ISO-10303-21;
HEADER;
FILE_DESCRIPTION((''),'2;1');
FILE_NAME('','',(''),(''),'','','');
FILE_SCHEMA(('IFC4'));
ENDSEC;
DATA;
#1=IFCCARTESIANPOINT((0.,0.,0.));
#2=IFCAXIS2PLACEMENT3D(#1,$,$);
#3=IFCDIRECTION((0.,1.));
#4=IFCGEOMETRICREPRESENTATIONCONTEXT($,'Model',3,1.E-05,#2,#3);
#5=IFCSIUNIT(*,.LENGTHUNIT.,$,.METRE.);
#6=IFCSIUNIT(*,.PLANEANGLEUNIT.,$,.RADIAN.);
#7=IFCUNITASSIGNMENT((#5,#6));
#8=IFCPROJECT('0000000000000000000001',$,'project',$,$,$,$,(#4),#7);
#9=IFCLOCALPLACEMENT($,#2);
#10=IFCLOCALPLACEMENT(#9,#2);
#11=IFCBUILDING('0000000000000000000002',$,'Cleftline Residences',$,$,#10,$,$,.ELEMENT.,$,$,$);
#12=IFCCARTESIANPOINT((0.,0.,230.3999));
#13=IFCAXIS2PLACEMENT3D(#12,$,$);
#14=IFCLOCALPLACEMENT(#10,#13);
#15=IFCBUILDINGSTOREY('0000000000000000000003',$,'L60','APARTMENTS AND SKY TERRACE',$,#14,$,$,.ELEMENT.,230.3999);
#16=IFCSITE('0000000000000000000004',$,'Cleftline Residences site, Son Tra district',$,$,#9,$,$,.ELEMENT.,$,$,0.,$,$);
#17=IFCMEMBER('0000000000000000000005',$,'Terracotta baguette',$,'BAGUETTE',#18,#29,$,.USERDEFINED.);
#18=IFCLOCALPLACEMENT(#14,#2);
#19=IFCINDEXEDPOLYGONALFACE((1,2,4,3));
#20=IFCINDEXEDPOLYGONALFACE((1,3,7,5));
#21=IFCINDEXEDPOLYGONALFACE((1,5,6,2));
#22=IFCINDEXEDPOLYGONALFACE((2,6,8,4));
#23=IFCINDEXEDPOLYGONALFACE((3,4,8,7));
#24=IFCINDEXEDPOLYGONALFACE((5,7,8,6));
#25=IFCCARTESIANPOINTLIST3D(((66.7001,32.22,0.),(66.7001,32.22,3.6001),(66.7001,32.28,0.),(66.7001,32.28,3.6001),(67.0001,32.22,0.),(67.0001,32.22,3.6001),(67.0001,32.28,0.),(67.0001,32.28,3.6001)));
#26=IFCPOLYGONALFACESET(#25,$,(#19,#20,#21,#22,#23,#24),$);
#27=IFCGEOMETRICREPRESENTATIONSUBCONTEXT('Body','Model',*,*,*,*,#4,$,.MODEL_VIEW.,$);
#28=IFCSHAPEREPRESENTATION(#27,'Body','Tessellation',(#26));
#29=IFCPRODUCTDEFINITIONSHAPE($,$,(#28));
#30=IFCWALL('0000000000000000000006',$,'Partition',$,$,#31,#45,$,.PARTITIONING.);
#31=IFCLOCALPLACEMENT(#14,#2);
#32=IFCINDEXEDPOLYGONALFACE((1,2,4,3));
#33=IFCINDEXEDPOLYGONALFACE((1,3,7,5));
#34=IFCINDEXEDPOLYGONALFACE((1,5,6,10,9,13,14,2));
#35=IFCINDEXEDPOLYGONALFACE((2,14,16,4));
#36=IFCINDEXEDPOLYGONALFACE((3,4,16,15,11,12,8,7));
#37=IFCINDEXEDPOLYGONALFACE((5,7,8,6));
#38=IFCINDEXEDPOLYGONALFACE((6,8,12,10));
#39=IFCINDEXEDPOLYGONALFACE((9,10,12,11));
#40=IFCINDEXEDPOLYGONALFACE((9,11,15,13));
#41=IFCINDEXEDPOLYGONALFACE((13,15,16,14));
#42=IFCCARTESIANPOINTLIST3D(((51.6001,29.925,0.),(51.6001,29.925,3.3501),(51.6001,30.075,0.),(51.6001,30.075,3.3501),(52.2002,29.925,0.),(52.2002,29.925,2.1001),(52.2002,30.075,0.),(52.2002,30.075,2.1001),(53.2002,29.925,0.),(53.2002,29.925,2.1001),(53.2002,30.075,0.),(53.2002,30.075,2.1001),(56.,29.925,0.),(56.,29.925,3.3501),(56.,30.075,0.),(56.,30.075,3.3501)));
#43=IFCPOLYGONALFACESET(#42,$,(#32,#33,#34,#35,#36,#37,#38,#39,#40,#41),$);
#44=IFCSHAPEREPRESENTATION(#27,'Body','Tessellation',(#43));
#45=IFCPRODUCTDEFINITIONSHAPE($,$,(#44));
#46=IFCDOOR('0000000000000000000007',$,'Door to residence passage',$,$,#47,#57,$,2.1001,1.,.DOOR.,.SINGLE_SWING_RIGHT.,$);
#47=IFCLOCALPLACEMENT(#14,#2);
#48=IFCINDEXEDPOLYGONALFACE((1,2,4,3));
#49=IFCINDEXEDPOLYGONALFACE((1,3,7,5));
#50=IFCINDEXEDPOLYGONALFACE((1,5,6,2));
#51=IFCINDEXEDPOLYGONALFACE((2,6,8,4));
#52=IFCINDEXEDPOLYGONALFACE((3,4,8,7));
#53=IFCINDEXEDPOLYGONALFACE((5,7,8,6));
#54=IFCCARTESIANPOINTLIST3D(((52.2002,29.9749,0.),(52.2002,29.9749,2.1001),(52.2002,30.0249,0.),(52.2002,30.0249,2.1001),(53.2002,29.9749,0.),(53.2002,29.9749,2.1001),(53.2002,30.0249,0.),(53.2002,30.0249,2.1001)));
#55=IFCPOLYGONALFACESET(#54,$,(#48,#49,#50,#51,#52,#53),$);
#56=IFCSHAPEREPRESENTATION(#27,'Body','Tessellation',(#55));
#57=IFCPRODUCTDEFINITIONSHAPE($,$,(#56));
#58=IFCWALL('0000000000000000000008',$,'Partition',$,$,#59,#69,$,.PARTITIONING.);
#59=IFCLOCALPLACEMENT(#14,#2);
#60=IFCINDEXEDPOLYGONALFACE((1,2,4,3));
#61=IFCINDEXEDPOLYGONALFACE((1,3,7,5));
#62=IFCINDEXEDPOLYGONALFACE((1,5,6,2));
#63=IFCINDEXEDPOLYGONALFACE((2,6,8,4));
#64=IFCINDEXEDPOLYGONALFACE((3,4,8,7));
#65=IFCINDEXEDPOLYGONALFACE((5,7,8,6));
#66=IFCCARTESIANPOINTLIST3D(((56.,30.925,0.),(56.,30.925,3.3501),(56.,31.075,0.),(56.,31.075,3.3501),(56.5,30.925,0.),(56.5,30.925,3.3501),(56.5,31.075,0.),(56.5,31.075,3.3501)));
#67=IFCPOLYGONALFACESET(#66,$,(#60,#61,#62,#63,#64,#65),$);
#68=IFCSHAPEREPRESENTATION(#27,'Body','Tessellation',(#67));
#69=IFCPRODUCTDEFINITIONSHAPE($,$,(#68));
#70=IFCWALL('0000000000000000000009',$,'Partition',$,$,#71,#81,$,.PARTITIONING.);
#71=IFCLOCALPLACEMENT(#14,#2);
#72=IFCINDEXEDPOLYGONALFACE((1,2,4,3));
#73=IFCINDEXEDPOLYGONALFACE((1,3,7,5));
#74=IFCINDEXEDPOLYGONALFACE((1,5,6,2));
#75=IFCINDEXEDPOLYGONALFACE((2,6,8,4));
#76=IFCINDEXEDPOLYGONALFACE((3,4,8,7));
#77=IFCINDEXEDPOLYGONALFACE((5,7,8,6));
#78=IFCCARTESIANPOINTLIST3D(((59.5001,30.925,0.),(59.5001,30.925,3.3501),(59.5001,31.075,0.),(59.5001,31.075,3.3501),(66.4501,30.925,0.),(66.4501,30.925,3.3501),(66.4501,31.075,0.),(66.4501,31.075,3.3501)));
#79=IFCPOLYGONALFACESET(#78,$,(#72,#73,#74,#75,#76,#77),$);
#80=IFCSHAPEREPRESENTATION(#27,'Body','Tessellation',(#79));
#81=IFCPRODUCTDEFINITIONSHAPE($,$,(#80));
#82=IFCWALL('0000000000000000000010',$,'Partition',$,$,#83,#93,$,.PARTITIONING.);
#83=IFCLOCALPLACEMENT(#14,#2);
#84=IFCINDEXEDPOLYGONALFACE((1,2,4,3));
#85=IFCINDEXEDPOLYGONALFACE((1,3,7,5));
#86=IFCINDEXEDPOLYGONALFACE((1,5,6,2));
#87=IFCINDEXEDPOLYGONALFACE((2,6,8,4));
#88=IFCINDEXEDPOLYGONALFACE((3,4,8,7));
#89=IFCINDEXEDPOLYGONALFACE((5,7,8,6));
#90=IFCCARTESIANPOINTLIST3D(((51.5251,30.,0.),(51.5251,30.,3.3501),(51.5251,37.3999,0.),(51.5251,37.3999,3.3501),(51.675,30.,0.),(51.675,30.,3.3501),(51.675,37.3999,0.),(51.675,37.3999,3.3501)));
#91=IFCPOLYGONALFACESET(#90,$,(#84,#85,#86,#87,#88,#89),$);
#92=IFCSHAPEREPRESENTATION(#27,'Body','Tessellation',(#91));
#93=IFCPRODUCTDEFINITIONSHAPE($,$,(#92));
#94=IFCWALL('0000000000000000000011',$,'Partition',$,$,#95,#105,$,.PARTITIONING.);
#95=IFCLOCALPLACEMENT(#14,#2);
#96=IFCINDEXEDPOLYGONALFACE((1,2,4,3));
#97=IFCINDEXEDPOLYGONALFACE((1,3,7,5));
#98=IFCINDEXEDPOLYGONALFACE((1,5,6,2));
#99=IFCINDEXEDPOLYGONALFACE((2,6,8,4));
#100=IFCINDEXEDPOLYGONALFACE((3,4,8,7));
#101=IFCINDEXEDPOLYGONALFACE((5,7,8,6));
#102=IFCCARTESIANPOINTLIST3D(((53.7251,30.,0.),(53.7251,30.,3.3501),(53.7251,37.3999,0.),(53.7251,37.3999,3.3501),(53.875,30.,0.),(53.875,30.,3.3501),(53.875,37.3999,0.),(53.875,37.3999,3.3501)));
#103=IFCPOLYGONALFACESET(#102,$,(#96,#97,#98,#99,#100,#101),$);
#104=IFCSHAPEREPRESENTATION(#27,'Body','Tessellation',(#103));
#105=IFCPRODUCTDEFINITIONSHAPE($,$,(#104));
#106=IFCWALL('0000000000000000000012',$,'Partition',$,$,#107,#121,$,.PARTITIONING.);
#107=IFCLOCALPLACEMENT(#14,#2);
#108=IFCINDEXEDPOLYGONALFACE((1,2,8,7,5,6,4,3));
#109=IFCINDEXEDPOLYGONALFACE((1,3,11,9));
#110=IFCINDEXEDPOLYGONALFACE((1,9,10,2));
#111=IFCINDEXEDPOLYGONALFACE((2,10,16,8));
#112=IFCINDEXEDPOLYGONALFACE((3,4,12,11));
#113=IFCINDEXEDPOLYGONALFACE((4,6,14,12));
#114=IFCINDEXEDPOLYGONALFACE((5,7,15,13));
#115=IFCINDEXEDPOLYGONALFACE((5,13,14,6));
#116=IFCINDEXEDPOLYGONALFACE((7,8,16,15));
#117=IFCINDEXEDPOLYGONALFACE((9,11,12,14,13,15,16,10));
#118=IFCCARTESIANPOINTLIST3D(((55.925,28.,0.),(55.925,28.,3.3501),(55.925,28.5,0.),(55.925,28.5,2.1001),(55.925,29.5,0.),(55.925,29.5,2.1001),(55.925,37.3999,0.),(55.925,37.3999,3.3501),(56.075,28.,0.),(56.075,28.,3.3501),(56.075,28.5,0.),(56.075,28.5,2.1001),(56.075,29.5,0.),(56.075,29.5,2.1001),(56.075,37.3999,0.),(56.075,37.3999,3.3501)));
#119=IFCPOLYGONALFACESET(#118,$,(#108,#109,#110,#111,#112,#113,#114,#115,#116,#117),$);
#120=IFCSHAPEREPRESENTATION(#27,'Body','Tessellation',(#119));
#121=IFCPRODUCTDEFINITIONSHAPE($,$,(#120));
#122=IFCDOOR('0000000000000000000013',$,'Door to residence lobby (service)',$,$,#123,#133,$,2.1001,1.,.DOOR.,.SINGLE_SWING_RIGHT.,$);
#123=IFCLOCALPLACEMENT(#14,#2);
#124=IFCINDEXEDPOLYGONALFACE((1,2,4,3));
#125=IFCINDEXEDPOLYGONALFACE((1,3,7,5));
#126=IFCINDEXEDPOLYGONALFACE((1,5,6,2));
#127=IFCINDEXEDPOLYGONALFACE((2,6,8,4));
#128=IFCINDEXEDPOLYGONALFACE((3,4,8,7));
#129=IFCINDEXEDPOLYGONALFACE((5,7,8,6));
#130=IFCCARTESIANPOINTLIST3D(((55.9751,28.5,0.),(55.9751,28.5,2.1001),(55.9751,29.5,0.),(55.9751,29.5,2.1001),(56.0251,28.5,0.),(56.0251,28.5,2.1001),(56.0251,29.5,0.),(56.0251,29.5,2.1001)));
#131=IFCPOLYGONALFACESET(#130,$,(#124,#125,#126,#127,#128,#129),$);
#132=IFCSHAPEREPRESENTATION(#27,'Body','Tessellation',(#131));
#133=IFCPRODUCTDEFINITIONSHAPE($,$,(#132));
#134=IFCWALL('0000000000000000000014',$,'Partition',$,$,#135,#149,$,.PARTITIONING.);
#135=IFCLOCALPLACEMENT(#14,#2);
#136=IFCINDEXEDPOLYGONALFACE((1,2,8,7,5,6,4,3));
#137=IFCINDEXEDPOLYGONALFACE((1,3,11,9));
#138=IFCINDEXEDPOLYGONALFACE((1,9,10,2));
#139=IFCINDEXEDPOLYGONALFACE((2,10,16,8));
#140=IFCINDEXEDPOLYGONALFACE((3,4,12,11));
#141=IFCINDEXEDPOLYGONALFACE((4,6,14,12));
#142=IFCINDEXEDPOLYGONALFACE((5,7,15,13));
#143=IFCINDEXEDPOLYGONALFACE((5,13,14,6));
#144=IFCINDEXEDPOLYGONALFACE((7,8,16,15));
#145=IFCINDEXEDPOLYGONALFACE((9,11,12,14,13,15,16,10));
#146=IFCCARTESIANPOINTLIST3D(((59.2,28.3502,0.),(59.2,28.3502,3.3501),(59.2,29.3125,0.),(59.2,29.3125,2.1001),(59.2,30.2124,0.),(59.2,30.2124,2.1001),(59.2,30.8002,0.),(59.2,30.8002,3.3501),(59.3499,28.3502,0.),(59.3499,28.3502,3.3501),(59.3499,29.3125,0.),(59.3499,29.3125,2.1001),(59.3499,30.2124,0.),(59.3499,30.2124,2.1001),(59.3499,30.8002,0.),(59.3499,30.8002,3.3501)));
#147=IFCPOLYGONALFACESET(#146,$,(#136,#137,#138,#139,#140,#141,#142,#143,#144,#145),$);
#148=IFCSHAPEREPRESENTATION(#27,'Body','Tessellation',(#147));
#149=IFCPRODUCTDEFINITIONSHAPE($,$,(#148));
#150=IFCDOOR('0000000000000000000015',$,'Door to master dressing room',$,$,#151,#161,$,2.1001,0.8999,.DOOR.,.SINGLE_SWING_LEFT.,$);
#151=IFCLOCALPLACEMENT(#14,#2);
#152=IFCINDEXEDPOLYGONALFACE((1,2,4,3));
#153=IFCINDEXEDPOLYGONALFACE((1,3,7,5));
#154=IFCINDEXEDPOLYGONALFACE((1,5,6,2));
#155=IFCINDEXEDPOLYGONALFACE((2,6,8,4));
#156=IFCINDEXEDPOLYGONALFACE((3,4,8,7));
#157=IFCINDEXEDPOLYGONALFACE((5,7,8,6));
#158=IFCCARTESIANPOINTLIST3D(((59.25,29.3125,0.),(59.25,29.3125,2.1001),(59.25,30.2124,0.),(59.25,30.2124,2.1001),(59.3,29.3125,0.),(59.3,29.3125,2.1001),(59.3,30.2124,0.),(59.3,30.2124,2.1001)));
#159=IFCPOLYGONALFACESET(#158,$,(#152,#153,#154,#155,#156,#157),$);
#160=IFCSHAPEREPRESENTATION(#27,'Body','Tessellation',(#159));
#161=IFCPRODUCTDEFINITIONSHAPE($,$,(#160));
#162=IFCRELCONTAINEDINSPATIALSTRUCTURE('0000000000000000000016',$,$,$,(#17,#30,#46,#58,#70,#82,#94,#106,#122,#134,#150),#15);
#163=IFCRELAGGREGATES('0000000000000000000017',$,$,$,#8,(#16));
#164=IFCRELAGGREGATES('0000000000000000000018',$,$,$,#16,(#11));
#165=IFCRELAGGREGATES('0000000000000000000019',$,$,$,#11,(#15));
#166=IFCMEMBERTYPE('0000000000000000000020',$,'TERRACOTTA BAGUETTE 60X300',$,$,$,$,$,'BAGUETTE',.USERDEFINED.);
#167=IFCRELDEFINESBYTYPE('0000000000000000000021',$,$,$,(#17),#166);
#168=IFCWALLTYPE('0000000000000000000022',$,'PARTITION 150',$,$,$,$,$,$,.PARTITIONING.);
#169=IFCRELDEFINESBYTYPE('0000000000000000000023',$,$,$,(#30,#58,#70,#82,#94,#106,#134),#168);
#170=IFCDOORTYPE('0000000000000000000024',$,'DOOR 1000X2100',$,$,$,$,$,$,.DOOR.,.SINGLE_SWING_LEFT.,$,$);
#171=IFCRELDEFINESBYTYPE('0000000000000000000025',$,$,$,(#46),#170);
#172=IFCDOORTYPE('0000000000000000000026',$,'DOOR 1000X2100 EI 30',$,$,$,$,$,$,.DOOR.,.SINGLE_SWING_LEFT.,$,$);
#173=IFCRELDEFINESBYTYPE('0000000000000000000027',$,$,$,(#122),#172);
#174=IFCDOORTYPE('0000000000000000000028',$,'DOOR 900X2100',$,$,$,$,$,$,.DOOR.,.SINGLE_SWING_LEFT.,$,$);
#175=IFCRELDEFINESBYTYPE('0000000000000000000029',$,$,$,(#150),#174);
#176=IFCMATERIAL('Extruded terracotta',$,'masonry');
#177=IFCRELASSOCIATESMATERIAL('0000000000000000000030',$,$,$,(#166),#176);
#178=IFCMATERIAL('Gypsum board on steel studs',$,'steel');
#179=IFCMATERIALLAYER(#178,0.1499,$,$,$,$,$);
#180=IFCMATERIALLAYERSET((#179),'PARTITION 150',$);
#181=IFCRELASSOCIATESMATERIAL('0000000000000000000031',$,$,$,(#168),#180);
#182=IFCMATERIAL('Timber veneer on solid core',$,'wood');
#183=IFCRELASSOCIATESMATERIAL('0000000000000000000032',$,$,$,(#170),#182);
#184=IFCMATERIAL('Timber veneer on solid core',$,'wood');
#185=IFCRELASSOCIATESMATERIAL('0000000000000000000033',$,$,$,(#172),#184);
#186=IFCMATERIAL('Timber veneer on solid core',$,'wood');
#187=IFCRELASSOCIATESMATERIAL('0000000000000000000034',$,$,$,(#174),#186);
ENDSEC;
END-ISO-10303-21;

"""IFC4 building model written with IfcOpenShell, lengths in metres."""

from ifc_helpers import new_model, si_unit, direction, frame, frame_2d, origin, origin_2d, place, context, subcontext, project, spatial, rectangle, extrude, material, layer, layer_set, material_profile, profile_set, type_object, element, fill, save


model = new_model("IFC4")

# Units and contexts
model_context = context("Model", 3, precision=1e-05, world=origin(), true_north=direction((0.0, 1.0)))
body_context = subcontext(model_context, "Body", "Model", "MODEL_VIEW")
ifc_project = project(units=[si_unit("LENGTHUNIT", "METRE"), si_unit("PLANEANGLEUNIT", "RADIAN")], contexts=[model_context])

# Site, building, storey
site_placement = place(None, origin())
site = spatial("IfcSite", under=ifc_project, at=site_placement, Name="Cleftline Residences site, Son Tra district", CompositionType="ELEMENT", RefElevation=0.0)
building_placement = place(site_placement, origin())
building = spatial("IfcBuilding", under=site, at=building_placement, Name="Cleftline Residences", CompositionType="ELEMENT")
storey_placement = place(building_placement, frame((0.0, 0.0, 230.3999)))
storey = spatial("IfcBuildingStorey", under=building, at=storey_placement, Name="L60", Description="APARTMENTS AND SKY TERRACE", CompositionType="ELEMENT", Elevation=230.3999)

# Member
ifc_material_1 = material(Name="Extruded terracotta", Category="masonry")
ifc_material_profile_1 = material_profile(ifc_material_1, rectangle(XDim=0.0601, YDim=0.3, at=origin_2d()))
ifc_profile_set_1 = profile_set([ifc_material_profile_1], Name="Extruded terracotta")
member_type_1 = type_object("IfcMemberType", Name="TERRACOTTA BAGUETTE 60X300", ElementType="BAGUETTE", PredefinedType="USERDEFINED", material=ifc_profile_set_1)
for number, where, z_axis, x_axis, name in (
    (1, (66.8501, 32.25, 0.0), (0.0, 0.0, 1.0), (0.0, 1.0, 0.0), "Terracotta baguette"),
):
    element("IfcMember", number, at=place(storey_placement, frame(where, z_axis=z_axis, x_axis=x_axis)), inside=storey, type_object=member_type_1, Name=name, ObjectType="BAGUETTE", PredefinedType="USERDEFINED", context=body_context, shape_type="SweptSolid", body=[
        extrude(rectangle(XDim=0.0601, YDim=0.3, at=origin_2d()), origin(), (0.0, 0.0, 1.0), 3.6001),
    ])

# Wall, opening, door
ifc_material_2 = material(Name="Gypsum board on steel studs", Category="steel")
ifc_layer_1 = layer(ifc_material_2, 0.1499)
ifc_layer_set_1 = layer_set([ifc_layer_1], Name="PARTITION 150")
wall_type_1 = type_object("IfcWallType", Name="PARTITION 150", PredefinedType="PARTITIONING", material=ifc_layer_set_1)
wall_1_placement = place(storey_placement, frame((51.6001, 30.0, 0.0), z_axis=(0.0, 0.0, 1.0), x_axis=(1.0, 0.0, 0.0)))
wall_1 = element("IfcWall", 2, at=wall_1_placement, inside=storey, type_object=wall_type_1, Name="Partition", PredefinedType="PARTITIONING", context=body_context, shape_type="SweptSolid", body=[
    extrude(rectangle(XDim=4.3999, YDim=0.1499, at=frame_2d((2.2, 0.0))), origin(), (0.0, 0.0, 1.0), 3.3501),
])
opening_1_placement = place(wall_1_placement, frame((0.6001, 0.0, 0.0)))
opening_1 = element("IfcOpeningElement", 3, at=opening_1_placement, cuts=wall_1, PredefinedType="OPENING", context=body_context, shape_type="SweptSolid", body=[
    extrude(rectangle(XDim=1.0, YDim=2.1001, at=frame_2d((0.5, 1.05))), frame((0.0, 0.085, 0.0), z_axis=(0.0, -1.0, 0.0), x_axis=(1.0, 0.0, 0.0)), (0.0, 0.0, 1.0), 0.1699),
])
ifc_material_3 = material(Name="Timber veneer on solid core", Category="wood")
door_type_1 = type_object("IfcDoorType", Name="DOOR 1000X2100", OperationType="SINGLE_SWING_LEFT", PredefinedType="DOOR", material=ifc_material_3)
door_1_placement = place(opening_1_placement, origin())
door_1 = element("IfcDoor", 4, at=door_1_placement, inside=storey, type_object=door_type_1, Name="Door to residence passage", OperationType="SINGLE_SWING_RIGHT", OverallHeight=2.1001, OverallWidth=1.0, PredefinedType="DOOR", context=body_context, shape_type="SweptSolid", body=[
    extrude(rectangle(XDim=1.0, YDim=2.1001, at=frame_2d((0.5, 1.05))), frame((0.0, 0.0249, 0.0), z_axis=(0.0, -1.0, 0.0), x_axis=(1.0, 0.0, 0.0)), (0.0, 0.0, 1.0), 0.05),
])
fill(opening_1, door_1)

# Walls
wall_2_placement = place(storey_placement, frame((56.0, 31.0, 0.0), z_axis=(0.0, 0.0, 1.0), x_axis=(1.0, 0.0, 0.0)))
element("IfcWall", 5, at=wall_2_placement, inside=storey, type_object=wall_type_1, Name="Partition", PredefinedType="PARTITIONING", context=body_context, shape_type="SweptSolid", body=[
    extrude(rectangle(XDim=0.5, YDim=0.1499, at=frame_2d((0.25, 0.0))), origin(), (0.0, 0.0, 1.0), 3.3501),
])
wall_3_placement = place(storey_placement, frame((59.5, 31.0, 0.0), z_axis=(0.0, 0.0, 1.0), x_axis=(1.0, 0.0, 0.0)))
element("IfcWall", 6, at=wall_3_placement, inside=storey, type_object=wall_type_1, Name="Partition", PredefinedType="PARTITIONING", context=body_context, shape_type="SweptSolid", body=[
    extrude(rectangle(XDim=6.95, YDim=0.1499, at=frame_2d((3.4751, 0.0))), origin(), (0.0, 0.0, 1.0), 3.3501),
])
for number, where, z_axis, x_axis, name in (
    (7, (51.6001, 30.0, 0.0), (0.0, 0.0, 1.0), (0.0, 1.0, 0.0), "Partition"),
    (8, (53.8, 30.0, 0.0), (0.0, 0.0, 1.0), (0.0, 1.0, 0.0), "Partition"),
):
    element("IfcWall", number, at=place(storey_placement, frame(where, z_axis=z_axis, x_axis=x_axis)), inside=storey, type_object=wall_type_1, Name=name, PredefinedType="PARTITIONING", context=body_context, shape_type="SweptSolid", body=[
        extrude(rectangle(XDim=7.3999, YDim=0.1499, at=frame_2d((3.7, 0.0))), origin(), (0.0, 0.0, 1.0), 3.3501),
    ])

# Walls, openings, doors
wall_4_placement = place(storey_placement, frame((56.0, 28.0, 0.0), z_axis=(0.0, 0.0, 1.0), x_axis=(0.0, 1.0, 0.0)))
wall_4 = element("IfcWall", 9, at=wall_4_placement, inside=storey, type_object=wall_type_1, Name="Partition", PredefinedType="PARTITIONING", context=body_context, shape_type="SweptSolid", body=[
    extrude(rectangle(XDim=9.3999, YDim=0.1499, at=frame_2d((4.7, 0.0))), origin(), (0.0, 0.0, 1.0), 3.3501),
])
opening_2_placement = place(wall_4_placement, frame((0.5, 0.0, 0.0)))
opening_2 = element("IfcOpeningElement", 10, at=opening_2_placement, cuts=wall_4, PredefinedType="OPENING", context=body_context, shape_type="SweptSolid", body=[
    extrude(rectangle(XDim=1.0, YDim=2.1001, at=frame_2d((0.5, 1.05))), frame((0.0, 0.085, 0.0), z_axis=(0.0, -1.0, 0.0), x_axis=(1.0, 0.0, 0.0)), (0.0, 0.0, 1.0), 0.1699),
])
ifc_material_4 = material(Name="Timber veneer on solid core", Category="wood")
door_type_2 = type_object("IfcDoorType", Name="DOOR 1000X2100 EI 30", OperationType="SINGLE_SWING_LEFT", PredefinedType="DOOR", material=ifc_material_4)
door_2_placement = place(opening_2_placement, origin())
door_2 = element("IfcDoor", 11, at=door_2_placement, inside=storey, type_object=door_type_2, Name="Door to residence lobby (service)", OperationType="SINGLE_SWING_RIGHT", OverallHeight=2.1001, OverallWidth=1.0, PredefinedType="DOOR", context=body_context, shape_type="SweptSolid", body=[
    extrude(rectangle(XDim=1.0, YDim=2.1001, at=frame_2d((0.5, 1.05))), frame((0.0, 0.0249, 0.0), z_axis=(0.0, -1.0, 0.0), x_axis=(1.0, 0.0, 0.0)), (0.0, 0.0, 1.0), 0.05),
])
fill(opening_2, door_2)
wall_5_placement = place(storey_placement, frame((59.2749, 28.3501, 0.0), z_axis=(0.0, 0.0, 1.0), x_axis=(0.0, 1.0, 0.0)))
wall_5 = element("IfcWall", 12, at=wall_5_placement, inside=storey, type_object=wall_type_1, Name="Partition", PredefinedType="PARTITIONING", context=body_context, shape_type="SweptSolid", body=[
    extrude(rectangle(XDim=2.45, YDim=0.1499, at=frame_2d((1.2251, 0.0))), origin(), (0.0, 0.0, 1.0), 3.3501),
])
opening_3_placement = place(wall_5_placement, frame((0.9624, 0.0, 0.0)))
opening_3 = element("IfcOpeningElement", 13, at=opening_3_placement, cuts=wall_5, PredefinedType="OPENING", context=body_context, shape_type="SweptSolid", body=[
    extrude(rectangle(XDim=0.8999, YDim=2.1001, at=frame_2d((0.45, 1.05))), frame((0.0, 0.085, 0.0), z_axis=(0.0, -1.0, 0.0), x_axis=(1.0, 0.0, 0.0)), (0.0, 0.0, 1.0), 0.1699),
])
ifc_material_5 = material(Name="Timber veneer on solid core", Category="wood")
door_type_3 = type_object("IfcDoorType", Name="DOOR 900X2100", OperationType="SINGLE_SWING_LEFT", PredefinedType="DOOR", material=ifc_material_5)
door_3_placement = place(opening_3_placement, origin())
door_3 = element("IfcDoor", 14, at=door_3_placement, inside=storey, type_object=door_type_3, Name="Door to master dressing room", OperationType="SINGLE_SWING_LEFT", OverallHeight=2.1001, OverallWidth=0.8999, PredefinedType="DOOR", context=body_context, shape_type="SweptSolid", body=[
    extrude(rectangle(XDim=0.8999, YDim=2.1001, at=frame_2d((0.45, 1.05))), frame((0.0, 0.0249, 0.0), z_axis=(0.0, -1.0, 0.0), x_axis=(1.0, 0.0, 0.0)), (0.0, 0.0, 1.0), 0.05),
])
fill(opening_3, door_3)

save(model, "model.ifc")
